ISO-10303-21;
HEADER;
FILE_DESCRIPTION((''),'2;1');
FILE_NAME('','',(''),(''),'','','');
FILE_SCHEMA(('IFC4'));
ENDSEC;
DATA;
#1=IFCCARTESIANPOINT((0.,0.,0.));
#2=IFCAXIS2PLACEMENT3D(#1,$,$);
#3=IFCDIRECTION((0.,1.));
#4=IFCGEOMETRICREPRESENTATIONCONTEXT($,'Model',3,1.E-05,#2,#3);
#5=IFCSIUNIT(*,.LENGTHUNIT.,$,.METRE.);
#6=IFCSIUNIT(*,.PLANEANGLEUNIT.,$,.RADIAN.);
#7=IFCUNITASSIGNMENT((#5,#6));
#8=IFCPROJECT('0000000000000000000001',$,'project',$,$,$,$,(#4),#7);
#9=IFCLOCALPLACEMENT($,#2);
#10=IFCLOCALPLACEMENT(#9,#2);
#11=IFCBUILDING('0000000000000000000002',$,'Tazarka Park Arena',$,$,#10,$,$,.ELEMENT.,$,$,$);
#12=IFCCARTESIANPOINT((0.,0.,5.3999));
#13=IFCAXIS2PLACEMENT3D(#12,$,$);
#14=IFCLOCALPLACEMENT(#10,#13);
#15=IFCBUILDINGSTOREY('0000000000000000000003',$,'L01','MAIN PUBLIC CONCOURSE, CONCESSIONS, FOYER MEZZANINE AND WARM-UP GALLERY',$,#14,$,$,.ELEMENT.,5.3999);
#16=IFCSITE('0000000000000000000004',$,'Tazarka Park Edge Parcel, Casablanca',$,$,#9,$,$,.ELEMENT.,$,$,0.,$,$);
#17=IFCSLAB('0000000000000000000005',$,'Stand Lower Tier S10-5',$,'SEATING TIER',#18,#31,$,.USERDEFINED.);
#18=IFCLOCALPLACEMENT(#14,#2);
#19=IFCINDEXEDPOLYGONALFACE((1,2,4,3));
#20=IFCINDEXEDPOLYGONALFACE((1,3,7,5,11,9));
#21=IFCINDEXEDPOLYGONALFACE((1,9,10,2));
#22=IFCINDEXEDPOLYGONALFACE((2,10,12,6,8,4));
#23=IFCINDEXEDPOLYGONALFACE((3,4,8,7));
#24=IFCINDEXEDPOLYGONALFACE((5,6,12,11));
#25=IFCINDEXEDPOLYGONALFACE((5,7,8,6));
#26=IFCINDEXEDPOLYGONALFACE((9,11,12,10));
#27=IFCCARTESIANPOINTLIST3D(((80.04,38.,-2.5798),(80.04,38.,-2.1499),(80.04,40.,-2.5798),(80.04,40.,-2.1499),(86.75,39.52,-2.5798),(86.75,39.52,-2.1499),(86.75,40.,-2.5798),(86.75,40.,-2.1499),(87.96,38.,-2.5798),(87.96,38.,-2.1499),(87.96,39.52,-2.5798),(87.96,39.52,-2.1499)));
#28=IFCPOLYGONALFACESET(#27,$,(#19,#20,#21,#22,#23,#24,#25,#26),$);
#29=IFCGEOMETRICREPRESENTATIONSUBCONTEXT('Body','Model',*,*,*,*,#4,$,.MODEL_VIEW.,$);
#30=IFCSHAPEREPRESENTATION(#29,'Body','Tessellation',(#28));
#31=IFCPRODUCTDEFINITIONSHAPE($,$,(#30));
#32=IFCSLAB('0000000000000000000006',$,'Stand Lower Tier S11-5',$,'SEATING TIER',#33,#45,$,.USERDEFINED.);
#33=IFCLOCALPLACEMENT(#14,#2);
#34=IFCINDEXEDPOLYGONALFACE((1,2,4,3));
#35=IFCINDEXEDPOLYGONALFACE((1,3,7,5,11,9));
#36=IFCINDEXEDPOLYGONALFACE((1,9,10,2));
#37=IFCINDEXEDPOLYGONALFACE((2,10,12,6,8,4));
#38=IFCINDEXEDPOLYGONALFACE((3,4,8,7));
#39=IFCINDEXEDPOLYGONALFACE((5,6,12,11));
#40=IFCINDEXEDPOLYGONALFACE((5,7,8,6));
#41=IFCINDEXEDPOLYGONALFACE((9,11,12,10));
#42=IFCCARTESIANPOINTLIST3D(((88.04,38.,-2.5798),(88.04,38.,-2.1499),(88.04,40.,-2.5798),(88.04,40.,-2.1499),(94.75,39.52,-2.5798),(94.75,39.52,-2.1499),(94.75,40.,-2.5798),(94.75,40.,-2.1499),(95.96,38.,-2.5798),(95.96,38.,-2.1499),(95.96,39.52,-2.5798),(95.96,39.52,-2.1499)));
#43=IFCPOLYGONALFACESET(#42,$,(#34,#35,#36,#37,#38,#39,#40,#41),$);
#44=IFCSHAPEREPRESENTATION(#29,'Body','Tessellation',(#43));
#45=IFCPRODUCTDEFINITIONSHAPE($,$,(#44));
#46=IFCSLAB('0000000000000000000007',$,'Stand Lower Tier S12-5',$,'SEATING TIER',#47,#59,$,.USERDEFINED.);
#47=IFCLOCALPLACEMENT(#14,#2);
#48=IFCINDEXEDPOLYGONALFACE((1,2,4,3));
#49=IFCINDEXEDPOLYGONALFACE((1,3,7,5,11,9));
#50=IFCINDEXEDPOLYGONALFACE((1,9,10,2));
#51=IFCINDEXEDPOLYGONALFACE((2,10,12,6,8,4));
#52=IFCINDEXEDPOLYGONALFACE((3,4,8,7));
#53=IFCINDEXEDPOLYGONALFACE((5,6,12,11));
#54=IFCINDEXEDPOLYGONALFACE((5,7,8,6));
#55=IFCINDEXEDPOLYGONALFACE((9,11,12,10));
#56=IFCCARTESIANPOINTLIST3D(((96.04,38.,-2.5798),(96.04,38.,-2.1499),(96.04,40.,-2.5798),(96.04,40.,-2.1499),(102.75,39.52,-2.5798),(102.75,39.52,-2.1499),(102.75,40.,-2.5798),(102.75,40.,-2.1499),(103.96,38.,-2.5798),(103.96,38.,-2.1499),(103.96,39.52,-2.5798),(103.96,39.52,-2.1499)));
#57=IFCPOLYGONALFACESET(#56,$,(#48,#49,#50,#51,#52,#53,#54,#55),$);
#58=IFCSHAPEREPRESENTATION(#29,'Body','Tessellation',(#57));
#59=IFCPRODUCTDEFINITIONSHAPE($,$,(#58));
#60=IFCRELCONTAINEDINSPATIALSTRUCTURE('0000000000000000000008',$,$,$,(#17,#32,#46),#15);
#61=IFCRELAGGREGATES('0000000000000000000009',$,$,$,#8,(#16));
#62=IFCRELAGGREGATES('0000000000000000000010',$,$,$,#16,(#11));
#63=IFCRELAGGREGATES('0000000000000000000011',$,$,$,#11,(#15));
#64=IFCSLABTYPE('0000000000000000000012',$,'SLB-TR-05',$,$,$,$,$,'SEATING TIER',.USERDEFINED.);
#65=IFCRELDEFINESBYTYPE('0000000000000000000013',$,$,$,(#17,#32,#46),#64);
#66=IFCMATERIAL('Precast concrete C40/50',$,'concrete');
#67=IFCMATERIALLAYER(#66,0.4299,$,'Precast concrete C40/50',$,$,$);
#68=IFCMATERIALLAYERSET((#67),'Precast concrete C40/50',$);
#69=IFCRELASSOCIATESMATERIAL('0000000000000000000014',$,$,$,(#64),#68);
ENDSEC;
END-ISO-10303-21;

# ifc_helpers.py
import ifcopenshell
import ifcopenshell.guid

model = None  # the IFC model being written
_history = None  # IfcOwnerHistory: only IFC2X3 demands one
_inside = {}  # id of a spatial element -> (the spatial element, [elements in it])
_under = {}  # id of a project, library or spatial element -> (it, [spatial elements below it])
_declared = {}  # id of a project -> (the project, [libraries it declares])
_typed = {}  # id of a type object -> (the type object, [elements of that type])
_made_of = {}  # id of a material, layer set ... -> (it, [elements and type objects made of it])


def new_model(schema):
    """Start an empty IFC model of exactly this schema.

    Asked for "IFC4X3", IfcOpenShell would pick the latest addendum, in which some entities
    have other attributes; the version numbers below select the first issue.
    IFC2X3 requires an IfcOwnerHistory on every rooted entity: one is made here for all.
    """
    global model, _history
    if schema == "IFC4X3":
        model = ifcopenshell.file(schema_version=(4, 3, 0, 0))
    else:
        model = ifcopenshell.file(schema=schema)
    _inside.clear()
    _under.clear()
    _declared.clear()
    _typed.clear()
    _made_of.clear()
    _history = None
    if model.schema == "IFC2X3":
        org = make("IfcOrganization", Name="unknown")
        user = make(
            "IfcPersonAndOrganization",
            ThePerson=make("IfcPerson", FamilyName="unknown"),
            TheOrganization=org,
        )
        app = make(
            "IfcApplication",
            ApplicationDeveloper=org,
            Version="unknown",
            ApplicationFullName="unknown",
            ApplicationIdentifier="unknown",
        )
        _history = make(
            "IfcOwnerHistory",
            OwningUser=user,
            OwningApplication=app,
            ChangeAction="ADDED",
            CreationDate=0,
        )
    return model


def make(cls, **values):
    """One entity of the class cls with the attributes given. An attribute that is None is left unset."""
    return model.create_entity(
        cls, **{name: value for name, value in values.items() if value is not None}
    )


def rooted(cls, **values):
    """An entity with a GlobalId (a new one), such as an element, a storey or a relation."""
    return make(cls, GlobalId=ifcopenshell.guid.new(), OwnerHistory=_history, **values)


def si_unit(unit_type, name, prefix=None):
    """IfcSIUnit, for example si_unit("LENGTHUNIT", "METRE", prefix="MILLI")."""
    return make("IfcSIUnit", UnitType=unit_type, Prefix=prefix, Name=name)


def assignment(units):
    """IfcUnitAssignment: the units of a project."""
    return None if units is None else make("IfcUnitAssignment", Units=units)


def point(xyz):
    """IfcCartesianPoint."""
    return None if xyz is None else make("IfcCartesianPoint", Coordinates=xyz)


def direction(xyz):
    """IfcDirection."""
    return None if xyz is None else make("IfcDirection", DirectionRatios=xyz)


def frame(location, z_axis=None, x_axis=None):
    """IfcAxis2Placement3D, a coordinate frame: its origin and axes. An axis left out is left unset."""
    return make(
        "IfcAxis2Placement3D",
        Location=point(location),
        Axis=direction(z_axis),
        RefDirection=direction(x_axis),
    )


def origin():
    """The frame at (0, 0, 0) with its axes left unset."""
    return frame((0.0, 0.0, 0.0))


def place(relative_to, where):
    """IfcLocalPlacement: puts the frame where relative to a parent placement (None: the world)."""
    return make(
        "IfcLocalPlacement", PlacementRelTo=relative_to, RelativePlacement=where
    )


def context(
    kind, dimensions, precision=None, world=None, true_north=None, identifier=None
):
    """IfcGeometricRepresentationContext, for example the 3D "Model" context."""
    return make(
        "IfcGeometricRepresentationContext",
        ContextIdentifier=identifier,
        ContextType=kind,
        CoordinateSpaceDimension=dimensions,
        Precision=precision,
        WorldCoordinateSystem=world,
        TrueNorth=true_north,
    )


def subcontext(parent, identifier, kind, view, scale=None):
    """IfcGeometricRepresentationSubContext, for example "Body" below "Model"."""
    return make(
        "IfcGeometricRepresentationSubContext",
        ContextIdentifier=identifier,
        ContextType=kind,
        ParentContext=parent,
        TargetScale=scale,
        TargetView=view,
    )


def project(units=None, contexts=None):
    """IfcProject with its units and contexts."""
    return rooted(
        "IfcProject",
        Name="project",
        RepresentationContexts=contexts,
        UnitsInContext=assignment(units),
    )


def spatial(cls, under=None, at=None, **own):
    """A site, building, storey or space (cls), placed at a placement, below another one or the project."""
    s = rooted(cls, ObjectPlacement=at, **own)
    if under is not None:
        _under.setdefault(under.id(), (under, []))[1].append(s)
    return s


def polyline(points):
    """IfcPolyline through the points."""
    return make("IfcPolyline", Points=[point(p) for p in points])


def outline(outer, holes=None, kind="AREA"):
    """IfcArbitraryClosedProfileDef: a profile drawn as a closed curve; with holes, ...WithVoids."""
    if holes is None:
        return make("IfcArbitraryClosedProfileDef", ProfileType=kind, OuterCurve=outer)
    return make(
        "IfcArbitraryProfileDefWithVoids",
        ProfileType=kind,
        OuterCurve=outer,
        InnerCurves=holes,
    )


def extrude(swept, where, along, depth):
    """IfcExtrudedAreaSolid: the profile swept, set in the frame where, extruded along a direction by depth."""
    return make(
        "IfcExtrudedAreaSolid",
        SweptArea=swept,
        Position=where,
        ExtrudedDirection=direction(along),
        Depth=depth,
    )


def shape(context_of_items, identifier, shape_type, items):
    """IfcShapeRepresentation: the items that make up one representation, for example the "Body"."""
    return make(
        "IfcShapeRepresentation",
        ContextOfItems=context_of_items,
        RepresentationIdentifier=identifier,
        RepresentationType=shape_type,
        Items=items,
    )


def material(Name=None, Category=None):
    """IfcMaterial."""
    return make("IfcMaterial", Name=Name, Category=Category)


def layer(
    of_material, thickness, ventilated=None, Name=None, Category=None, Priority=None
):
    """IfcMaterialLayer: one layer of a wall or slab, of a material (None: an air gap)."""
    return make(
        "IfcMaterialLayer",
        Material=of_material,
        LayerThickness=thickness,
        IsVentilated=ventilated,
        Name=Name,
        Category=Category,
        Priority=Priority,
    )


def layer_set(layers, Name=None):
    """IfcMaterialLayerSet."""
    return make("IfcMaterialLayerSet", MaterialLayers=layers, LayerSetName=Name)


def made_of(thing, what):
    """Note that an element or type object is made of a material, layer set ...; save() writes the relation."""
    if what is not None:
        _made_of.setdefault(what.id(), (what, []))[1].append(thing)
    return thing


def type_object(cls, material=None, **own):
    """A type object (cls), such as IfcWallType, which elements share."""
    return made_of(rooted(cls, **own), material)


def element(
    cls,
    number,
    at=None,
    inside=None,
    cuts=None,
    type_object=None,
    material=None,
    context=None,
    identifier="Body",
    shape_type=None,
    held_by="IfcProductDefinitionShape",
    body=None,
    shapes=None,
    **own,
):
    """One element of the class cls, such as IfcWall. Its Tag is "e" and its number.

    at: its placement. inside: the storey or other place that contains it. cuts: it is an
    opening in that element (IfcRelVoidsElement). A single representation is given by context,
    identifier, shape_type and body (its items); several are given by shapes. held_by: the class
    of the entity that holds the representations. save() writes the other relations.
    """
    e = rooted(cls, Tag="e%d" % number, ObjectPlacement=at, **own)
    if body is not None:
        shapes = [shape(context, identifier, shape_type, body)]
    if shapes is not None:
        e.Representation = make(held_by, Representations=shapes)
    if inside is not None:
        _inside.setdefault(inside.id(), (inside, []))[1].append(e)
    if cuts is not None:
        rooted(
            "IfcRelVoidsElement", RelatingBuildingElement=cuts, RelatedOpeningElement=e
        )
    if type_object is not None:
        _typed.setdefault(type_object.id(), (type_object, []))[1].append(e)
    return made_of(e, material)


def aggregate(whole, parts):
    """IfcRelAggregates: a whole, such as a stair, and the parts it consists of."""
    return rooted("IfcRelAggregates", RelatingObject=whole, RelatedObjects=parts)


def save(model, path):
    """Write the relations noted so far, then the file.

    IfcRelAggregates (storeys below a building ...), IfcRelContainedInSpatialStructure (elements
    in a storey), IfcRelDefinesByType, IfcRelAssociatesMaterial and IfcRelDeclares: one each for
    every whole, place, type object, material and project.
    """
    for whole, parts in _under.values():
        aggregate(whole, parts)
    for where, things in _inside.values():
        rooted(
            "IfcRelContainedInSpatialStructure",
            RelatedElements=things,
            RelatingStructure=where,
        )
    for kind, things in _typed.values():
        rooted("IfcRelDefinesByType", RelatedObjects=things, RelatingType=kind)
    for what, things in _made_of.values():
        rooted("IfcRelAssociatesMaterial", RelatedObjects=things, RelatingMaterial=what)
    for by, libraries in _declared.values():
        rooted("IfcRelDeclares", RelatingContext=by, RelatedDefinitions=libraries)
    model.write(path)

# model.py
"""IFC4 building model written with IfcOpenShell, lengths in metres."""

from ifc_helpers import new_model, si_unit, direction, frame, origin, place, context, subcontext, project, spatial, polyline, outline, extrude, material, layer, layer_set, type_object, element, save


model = new_model("IFC4")

# Units and contexts
model_context = context("Model", 3, precision=1e-05, world=origin(), true_north=direction((0.0, 1.0)))
body_context = subcontext(model_context, "Body", "Model", "MODEL_VIEW")
ifc_project = project(units=[si_unit("LENGTHUNIT", "METRE"), si_unit("PLANEANGLEUNIT", "RADIAN")], contexts=[model_context])

# Site, building, storey
site_placement = place(None, origin())
site = spatial("IfcSite", under=ifc_project, at=site_placement, Name="Tazarka Park Edge Parcel, Casablanca", CompositionType="ELEMENT", RefElevation=0.0)
building_placement = place(site_placement, origin())
building = spatial("IfcBuilding", under=site, at=building_placement, Name="Tazarka Park Arena", CompositionType="ELEMENT")
storey_placement = place(building_placement, frame((0.0, 0.0, 5.3999)))
storey = spatial("IfcBuildingStorey", under=building, at=storey_placement, Name="L01", Description="MAIN PUBLIC CONCOURSE, CONCESSIONS, FOYER MEZZANINE AND WARM-UP GALLERY", CompositionType="ELEMENT", Elevation=5.3999)

# Slabs
ifc_material_1 = material(Name="Precast concrete C40/50", Category="concrete")
ifc_layer_1 = layer(ifc_material_1, 0.4299, Name="Precast concrete C40/50")
ifc_layer_set_1 = layer_set([ifc_layer_1], Name="Precast concrete C40/50")
slab_type_1 = type_object("IfcSlabType", Name="SLB-TR-05", ElementType="SEATING TIER", PredefinedType="USERDEFINED", material=ifc_layer_set_1)
slab_1_placement = place(storey_placement, frame((0.0, 0.0, -2.5798)))
element("IfcSlab", 1, at=slab_1_placement, inside=storey, type_object=slab_type_1, Name="Stand Lower Tier S10-5", ObjectType="SEATING TIER", PredefinedType="USERDEFINED", context=body_context, shape_type="SweptSolid", body=[
    extrude(outline(polyline([(80.04, 38.0), (87.96, 38.0), (87.96, 39.52), (86.75, 39.52), (86.75, 40.0), (80.04, 40.0), (80.04, 38.0)])), origin(), (0.0, 0.0, 1.0), 0.4299),
])
slab_2_placement = place(storey_placement, frame((0.0, 0.0, -2.5798)))
element("IfcSlab", 2, at=slab_2_placement, inside=storey, type_object=slab_type_1, Name="Stand Lower Tier S11-5", ObjectType="SEATING TIER", PredefinedType="USERDEFINED", context=body_context, shape_type="SweptSolid", body=[
    extrude(outline(polyline([(88.04, 38.0), (95.96, 38.0), (95.96, 39.52), (94.75, 39.52), (94.75, 40.0), (88.04, 40.0), (88.04, 38.0)])), origin(), (0.0, 0.0, 1.0), 0.4299),
])
slab_3_placement = place(storey_placement, frame((0.0, 0.0, -2.5798)))
element("IfcSlab", 3, at=slab_3_placement, inside=storey, type_object=slab_type_1, Name="Stand Lower Tier S12-5", ObjectType="SEATING TIER", PredefinedType="USERDEFINED", context=body_context, shape_type="SweptSolid", body=[
    extrude(outline(polyline([(96.04, 38.0), (103.96, 38.0), (103.96, 39.52), (102.75, 39.52), (102.75, 40.0), (96.04, 40.0), (96.04, 38.0)])), origin(), (0.0, 0.0, 1.0), 0.4299),
])

save(model, "model.ifc")
